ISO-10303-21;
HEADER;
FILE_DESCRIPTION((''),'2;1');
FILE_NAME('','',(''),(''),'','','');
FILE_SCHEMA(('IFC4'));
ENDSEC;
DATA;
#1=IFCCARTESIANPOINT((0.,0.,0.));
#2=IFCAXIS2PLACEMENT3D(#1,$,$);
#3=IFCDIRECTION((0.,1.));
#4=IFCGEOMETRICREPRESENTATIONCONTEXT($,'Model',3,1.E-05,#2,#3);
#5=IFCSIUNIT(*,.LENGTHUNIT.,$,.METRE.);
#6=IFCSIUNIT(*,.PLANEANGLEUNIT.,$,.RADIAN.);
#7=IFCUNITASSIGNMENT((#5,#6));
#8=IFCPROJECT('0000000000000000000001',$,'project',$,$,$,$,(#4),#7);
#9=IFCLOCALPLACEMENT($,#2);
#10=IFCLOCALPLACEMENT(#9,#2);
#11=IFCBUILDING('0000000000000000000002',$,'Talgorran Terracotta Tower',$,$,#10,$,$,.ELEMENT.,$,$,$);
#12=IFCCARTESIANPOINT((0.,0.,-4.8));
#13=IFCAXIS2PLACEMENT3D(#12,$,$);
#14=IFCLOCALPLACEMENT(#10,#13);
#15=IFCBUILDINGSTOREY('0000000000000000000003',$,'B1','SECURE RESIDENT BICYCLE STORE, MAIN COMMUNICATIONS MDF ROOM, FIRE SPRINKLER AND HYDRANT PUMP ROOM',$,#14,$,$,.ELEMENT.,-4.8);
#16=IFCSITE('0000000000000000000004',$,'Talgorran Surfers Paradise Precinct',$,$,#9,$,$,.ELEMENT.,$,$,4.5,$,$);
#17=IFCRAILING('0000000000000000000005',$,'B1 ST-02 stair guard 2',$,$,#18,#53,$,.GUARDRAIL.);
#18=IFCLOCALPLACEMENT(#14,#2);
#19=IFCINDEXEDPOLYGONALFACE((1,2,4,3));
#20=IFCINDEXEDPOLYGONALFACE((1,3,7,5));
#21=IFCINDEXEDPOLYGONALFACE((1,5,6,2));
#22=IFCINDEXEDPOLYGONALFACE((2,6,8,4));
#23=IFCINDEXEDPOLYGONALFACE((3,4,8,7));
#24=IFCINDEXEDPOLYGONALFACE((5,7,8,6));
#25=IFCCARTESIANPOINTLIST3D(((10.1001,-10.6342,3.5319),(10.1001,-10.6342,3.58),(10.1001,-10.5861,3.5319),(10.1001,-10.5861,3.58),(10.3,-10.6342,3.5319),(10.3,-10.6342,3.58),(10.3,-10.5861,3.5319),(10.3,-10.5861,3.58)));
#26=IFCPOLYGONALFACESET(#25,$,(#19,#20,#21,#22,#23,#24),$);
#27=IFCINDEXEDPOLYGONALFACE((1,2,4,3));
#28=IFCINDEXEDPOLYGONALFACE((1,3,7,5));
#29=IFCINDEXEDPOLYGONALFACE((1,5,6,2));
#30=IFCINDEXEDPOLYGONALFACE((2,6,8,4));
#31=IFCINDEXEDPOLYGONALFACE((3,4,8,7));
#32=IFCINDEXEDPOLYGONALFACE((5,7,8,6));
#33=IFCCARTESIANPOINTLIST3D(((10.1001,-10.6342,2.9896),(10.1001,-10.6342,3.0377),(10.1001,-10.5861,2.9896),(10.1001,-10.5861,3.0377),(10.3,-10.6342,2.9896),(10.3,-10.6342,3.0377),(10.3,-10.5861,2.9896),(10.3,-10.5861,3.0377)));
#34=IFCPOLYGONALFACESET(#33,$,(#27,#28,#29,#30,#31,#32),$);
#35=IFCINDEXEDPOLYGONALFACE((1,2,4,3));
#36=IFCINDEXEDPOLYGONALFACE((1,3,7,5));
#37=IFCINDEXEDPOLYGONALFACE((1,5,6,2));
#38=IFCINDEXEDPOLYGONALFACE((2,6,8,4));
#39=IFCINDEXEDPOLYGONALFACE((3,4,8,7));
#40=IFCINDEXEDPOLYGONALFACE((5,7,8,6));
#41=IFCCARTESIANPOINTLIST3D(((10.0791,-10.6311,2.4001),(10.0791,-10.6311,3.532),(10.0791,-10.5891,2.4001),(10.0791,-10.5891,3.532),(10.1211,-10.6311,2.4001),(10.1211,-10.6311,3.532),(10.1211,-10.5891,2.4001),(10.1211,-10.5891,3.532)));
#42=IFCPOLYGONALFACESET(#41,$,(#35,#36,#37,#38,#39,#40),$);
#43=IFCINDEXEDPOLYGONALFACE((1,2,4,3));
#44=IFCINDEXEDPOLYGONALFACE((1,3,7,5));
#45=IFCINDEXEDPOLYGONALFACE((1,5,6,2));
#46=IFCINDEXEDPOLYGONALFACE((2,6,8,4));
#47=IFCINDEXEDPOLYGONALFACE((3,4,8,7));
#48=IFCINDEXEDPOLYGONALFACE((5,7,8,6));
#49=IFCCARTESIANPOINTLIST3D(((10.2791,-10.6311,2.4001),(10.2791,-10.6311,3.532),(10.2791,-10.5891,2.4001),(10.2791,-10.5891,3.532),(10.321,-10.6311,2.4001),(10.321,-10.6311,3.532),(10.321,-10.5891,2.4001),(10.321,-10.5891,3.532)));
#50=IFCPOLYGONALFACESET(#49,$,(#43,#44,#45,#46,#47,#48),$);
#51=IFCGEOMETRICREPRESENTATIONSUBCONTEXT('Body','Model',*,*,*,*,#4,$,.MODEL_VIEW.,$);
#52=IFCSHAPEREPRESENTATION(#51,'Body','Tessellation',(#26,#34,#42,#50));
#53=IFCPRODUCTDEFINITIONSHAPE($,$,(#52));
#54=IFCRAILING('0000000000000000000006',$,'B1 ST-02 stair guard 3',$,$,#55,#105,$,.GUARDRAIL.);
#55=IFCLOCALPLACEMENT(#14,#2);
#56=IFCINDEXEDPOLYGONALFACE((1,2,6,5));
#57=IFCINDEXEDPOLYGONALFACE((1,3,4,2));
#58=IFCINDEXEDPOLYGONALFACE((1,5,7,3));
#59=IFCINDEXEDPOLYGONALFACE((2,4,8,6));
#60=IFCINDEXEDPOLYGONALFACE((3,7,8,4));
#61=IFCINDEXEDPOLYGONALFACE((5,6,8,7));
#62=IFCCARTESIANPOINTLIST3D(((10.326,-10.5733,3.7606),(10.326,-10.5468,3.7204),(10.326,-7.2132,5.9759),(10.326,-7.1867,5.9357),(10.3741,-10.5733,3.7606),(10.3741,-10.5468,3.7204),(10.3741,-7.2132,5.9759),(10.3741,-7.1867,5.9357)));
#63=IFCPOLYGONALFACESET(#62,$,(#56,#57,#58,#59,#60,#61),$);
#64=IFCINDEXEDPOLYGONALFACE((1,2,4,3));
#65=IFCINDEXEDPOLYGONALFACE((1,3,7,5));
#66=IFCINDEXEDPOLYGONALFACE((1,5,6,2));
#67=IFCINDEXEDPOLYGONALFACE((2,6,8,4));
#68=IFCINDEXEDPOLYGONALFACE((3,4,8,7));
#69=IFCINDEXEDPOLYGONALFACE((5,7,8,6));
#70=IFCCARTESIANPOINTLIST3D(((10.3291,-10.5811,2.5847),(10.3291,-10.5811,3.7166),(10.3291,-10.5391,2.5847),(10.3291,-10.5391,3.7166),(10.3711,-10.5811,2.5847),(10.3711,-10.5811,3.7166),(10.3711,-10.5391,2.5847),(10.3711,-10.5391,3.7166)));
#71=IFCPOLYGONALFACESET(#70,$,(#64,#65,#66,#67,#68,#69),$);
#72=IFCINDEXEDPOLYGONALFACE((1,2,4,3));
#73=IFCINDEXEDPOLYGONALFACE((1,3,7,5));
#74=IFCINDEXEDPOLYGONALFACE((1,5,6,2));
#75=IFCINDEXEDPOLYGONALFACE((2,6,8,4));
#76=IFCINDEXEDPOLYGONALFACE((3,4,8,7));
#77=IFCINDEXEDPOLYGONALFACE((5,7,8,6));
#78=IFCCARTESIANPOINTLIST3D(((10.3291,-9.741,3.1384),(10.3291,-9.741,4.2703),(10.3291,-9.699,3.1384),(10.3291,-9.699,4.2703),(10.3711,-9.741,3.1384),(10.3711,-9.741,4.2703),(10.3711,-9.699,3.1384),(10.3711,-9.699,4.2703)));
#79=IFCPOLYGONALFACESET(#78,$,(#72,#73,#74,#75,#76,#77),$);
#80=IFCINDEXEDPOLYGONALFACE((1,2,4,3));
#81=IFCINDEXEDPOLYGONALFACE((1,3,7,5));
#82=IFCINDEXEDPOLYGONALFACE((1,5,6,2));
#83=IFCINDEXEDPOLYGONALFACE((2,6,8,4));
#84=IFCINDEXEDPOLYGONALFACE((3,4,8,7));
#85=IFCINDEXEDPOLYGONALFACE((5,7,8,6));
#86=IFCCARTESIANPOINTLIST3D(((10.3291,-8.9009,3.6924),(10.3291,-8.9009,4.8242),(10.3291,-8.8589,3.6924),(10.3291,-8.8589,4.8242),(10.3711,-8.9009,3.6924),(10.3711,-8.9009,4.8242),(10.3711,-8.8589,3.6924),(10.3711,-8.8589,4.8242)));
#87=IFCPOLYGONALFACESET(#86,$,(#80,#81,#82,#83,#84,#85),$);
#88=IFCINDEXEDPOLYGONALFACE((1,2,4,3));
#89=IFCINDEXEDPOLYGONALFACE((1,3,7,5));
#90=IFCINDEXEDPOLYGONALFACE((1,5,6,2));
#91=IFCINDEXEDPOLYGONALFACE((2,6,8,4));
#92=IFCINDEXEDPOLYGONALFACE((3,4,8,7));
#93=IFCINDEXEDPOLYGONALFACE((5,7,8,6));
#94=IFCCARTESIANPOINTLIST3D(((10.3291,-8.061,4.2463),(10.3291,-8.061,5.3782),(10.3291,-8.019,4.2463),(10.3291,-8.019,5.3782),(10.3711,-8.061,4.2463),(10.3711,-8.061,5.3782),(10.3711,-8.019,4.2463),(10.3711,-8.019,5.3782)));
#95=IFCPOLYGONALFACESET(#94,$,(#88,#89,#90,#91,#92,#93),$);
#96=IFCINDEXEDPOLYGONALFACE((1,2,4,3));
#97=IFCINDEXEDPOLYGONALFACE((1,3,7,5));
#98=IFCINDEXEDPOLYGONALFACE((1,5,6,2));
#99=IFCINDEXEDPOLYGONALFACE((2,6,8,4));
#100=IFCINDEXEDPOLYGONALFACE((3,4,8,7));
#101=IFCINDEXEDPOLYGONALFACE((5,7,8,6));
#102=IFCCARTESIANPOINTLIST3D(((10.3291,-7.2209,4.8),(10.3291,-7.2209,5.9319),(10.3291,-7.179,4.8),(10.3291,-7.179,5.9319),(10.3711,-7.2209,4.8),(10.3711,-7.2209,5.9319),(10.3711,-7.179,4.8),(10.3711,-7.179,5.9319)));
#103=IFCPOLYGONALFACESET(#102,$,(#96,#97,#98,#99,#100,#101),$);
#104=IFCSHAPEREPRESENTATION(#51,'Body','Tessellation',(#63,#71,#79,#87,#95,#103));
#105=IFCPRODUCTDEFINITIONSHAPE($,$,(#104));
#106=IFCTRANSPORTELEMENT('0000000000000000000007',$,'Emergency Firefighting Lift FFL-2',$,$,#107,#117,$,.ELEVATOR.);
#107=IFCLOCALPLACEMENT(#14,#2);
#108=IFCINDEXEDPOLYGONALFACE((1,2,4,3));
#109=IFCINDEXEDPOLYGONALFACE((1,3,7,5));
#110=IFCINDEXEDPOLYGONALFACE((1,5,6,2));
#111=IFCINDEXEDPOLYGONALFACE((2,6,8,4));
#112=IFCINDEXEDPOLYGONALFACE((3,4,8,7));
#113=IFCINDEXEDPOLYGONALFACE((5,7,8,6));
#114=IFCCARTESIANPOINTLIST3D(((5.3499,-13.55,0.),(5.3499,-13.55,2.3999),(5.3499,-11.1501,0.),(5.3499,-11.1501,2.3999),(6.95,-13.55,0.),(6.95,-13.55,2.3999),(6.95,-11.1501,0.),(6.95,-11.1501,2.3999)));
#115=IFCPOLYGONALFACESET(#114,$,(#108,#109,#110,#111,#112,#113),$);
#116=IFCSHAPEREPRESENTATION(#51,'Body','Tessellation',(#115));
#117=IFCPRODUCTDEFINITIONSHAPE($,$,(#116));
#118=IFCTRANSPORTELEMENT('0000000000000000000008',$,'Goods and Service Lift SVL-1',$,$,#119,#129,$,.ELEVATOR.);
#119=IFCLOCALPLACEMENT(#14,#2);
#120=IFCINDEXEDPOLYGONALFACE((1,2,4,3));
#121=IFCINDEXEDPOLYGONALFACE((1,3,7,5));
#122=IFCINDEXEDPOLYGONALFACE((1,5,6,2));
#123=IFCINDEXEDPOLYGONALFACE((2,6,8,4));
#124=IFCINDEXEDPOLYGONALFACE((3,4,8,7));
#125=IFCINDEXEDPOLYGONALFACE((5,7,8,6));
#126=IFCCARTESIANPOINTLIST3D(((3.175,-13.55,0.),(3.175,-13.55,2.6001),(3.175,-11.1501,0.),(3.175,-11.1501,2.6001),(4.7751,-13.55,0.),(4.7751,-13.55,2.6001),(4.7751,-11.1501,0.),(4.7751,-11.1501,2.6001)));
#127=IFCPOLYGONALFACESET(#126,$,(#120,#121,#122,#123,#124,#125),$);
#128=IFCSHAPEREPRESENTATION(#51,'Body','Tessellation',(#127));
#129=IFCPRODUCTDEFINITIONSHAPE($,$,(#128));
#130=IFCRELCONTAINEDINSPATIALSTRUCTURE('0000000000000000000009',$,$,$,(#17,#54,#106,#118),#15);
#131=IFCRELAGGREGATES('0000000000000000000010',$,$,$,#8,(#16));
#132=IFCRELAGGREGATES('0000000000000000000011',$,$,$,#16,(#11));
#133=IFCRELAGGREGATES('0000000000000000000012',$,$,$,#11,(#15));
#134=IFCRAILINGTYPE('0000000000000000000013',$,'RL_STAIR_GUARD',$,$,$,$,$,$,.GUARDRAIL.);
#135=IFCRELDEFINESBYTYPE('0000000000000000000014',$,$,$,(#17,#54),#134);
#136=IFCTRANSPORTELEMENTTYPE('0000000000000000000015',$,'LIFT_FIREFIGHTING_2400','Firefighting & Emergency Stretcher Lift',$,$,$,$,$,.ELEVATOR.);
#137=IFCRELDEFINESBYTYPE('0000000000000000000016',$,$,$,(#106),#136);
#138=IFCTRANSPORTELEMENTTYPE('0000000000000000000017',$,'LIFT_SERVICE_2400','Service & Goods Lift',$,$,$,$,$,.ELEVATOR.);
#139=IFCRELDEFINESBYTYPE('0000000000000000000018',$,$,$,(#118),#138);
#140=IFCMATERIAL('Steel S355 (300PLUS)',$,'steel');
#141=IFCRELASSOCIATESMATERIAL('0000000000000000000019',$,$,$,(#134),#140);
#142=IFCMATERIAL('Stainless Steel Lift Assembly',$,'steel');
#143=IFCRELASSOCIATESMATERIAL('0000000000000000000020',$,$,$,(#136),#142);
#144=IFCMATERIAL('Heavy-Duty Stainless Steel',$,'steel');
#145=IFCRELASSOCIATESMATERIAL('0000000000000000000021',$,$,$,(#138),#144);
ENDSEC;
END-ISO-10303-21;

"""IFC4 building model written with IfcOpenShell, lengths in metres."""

from ifc_helpers import new_model, si_unit, direction, frame, origin, origin_2d, place, context, subcontext, project, spatial, rectangle, extrude, material, type_object, element, save


model = new_model("IFC4")

# Units and contexts
model_context = context("Model", 3, precision=1e-05, world=origin(), true_north=direction((0.0, 1.0)))
body_context = subcontext(model_context, "Body", "Model", "MODEL_VIEW")
ifc_project = project(units=[si_unit("LENGTHUNIT", "METRE"), si_unit("PLANEANGLEUNIT", "RADIAN")], contexts=[model_context])

# Site, building, storey
site_placement = place(None, origin())
site = spatial("IfcSite", under=ifc_project, at=site_placement, Name="Talgorran Surfers Paradise Precinct", CompositionType="ELEMENT", RefElevation=4.5)
building_placement = place(site_placement, origin())
building = spatial("IfcBuilding", under=site, at=building_placement, Name="Talgorran Terracotta Tower", CompositionType="ELEMENT")
storey_placement = place(building_placement, frame((0.0, 0.0, -4.8)))
storey = spatial("IfcBuildingStorey", under=building, at=storey_placement, Name="B1", Description="SECURE RESIDENT BICYCLE STORE, MAIN COMMUNICATIONS MDF ROOM, FIRE SPRINKLER AND HYDRANT PUMP ROOM", CompositionType="ELEMENT", Elevation=-4.8)

# Shared definitions
ifc_material_1 = material(Name="Steel S355 (300PLUS)", Category="steel")

# Railings
railing_type_1 = type_object("IfcRailingType", Name="RL_STAIR_GUARD", PredefinedType="GUARDRAIL", material=ifc_material_1)
railing_1_placement = place(storey_placement, frame((10.1001, -10.6101, 2.4001)))
element("IfcRailing", 1, at=railing_1_placement, inside=storey, type_object=railing_type_1, Name="B1 ST-02 stair guard 2", PredefinedType="GUARDRAIL", context=body_context, shape_type="SweptSolid", body=[
    extrude(rectangle(XDim=0.0481, YDim=0.0481, at=origin_2d()), frame((0.0, 0.0, 1.1558), z_axis=(1.0, 0.0, 0.0), x_axis=(0.0, 1.0, 0.0)), (0.0, 0.0, 1.0), 0.2),
    extrude(rectangle(XDim=0.0481, YDim=0.0481, at=origin_2d()), frame((0.0, 0.0, 0.6135), z_axis=(1.0, 0.0, 0.0), x_axis=(0.0, 1.0, 0.0)), (0.0, 0.0, 1.0), 0.2),
    extrude(rectangle(XDim=0.042, YDim=0.042, at=origin_2d()), origin(), (0.0, 0.0, 1.0), 1.1318),
    extrude(rectangle(XDim=0.042, YDim=0.042, at=origin_2d()), frame((0.2, 0.0, 0.0)), (0.0, 0.0, 1.0), 1.1318),
])
railing_2_placement = place(storey_placement, frame((10.3501, -10.5601, 2.5847)))
element("IfcRailing", 2, at=railing_2_placement, inside=storey, type_object=railing_type_1, Name="B1 ST-02 stair guard 3", PredefinedType="GUARDRAIL", context=body_context, shape_type="SweptSolid", body=[
    extrude(rectangle(XDim=0.0481, YDim=0.0481, at=origin_2d()), frame((0.0, 0.0, 1.1558), z_axis=(0.0, 0.834876, 0.550437), x_axis=(-1.0, 0.0, 0.0)), (0.0, 0.0, 1.0), 4.0247),
    extrude(rectangle(XDim=0.042, YDim=0.042, at=origin_2d()), origin(), (0.0, 0.0, 1.0), 1.1318),
    extrude(rectangle(XDim=0.042, YDim=0.042, at=origin_2d()), frame((0.0, 0.8401, 0.5537)), (0.0, 0.0, 1.0), 1.1318),
    extrude(rectangle(XDim=0.042, YDim=0.042, at=origin_2d()), frame((0.0, 1.6802, 1.1077)), (0.0, 0.0, 1.0), 1.1318),
    extrude(rectangle(XDim=0.042, YDim=0.042, at=origin_2d()), frame((0.0, 2.52, 1.6616)), (0.0, 0.0, 1.0), 1.1318),
    extrude(rectangle(XDim=0.042, YDim=0.042, at=origin_2d()), frame((0.0, 3.3601, 2.2153)), (0.0, 0.0, 1.0), 1.1318),
])

# Transport elements
ifc_material_2 = material(Name="Stainless Steel Lift Assembly", Category="steel")
transport_element_type_1 = type_object("IfcTransportElementType", Name="LIFT_FIREFIGHTING_2400", Description="Firefighting & Emergency Stretcher Lift", PredefinedType="ELEVATOR", material=ifc_material_2)
transport_element_1_placement = place(storey_placement, frame((6.1499, -12.3501, 0.0), z_axis=(0.0, 0.0, 1.0), x_axis=(1.0, 0.0, 0.0)))
element("IfcTransportElement", 3, at=transport_element_1_placement, inside=storey, type_object=transport_element_type_1, Name="Emergency Firefighting Lift FFL-2", PredefinedType="ELEVATOR", context=body_context, shape_type="SweptSolid", body=[
    extrude(rectangle(XDim=1.6001, YDim=2.3999, at=origin_2d()), origin(), (0.0, 0.0, 1.0), 2.3999),
])
ifc_material_3 = material(Name="Heavy-Duty Stainless Steel", Category="steel")
transport_element_type_2 = type_object("IfcTransportElementType", Name="LIFT_SERVICE_2400", Description="Service & Goods Lift", PredefinedType="ELEVATOR", material=ifc_material_3)
transport_element_2_placement = place(storey_placement, frame((3.9751, -12.3501, 0.0), z_axis=(0.0, 0.0, 1.0), x_axis=(1.0, 0.0, 0.0)))
element("IfcTransportElement", 4, at=transport_element_2_placement, inside=storey, type_object=transport_element_type_2, Name="Goods and Service Lift SVL-1", PredefinedType="ELEVATOR", context=body_context, shape_type="SweptSolid", body=[
    extrude(rectangle(XDim=1.6001, YDim=2.3999, at=origin_2d()), origin(), (0.0, 0.0, 1.0), 2.6001),
])

save(model, "model.ifc")
